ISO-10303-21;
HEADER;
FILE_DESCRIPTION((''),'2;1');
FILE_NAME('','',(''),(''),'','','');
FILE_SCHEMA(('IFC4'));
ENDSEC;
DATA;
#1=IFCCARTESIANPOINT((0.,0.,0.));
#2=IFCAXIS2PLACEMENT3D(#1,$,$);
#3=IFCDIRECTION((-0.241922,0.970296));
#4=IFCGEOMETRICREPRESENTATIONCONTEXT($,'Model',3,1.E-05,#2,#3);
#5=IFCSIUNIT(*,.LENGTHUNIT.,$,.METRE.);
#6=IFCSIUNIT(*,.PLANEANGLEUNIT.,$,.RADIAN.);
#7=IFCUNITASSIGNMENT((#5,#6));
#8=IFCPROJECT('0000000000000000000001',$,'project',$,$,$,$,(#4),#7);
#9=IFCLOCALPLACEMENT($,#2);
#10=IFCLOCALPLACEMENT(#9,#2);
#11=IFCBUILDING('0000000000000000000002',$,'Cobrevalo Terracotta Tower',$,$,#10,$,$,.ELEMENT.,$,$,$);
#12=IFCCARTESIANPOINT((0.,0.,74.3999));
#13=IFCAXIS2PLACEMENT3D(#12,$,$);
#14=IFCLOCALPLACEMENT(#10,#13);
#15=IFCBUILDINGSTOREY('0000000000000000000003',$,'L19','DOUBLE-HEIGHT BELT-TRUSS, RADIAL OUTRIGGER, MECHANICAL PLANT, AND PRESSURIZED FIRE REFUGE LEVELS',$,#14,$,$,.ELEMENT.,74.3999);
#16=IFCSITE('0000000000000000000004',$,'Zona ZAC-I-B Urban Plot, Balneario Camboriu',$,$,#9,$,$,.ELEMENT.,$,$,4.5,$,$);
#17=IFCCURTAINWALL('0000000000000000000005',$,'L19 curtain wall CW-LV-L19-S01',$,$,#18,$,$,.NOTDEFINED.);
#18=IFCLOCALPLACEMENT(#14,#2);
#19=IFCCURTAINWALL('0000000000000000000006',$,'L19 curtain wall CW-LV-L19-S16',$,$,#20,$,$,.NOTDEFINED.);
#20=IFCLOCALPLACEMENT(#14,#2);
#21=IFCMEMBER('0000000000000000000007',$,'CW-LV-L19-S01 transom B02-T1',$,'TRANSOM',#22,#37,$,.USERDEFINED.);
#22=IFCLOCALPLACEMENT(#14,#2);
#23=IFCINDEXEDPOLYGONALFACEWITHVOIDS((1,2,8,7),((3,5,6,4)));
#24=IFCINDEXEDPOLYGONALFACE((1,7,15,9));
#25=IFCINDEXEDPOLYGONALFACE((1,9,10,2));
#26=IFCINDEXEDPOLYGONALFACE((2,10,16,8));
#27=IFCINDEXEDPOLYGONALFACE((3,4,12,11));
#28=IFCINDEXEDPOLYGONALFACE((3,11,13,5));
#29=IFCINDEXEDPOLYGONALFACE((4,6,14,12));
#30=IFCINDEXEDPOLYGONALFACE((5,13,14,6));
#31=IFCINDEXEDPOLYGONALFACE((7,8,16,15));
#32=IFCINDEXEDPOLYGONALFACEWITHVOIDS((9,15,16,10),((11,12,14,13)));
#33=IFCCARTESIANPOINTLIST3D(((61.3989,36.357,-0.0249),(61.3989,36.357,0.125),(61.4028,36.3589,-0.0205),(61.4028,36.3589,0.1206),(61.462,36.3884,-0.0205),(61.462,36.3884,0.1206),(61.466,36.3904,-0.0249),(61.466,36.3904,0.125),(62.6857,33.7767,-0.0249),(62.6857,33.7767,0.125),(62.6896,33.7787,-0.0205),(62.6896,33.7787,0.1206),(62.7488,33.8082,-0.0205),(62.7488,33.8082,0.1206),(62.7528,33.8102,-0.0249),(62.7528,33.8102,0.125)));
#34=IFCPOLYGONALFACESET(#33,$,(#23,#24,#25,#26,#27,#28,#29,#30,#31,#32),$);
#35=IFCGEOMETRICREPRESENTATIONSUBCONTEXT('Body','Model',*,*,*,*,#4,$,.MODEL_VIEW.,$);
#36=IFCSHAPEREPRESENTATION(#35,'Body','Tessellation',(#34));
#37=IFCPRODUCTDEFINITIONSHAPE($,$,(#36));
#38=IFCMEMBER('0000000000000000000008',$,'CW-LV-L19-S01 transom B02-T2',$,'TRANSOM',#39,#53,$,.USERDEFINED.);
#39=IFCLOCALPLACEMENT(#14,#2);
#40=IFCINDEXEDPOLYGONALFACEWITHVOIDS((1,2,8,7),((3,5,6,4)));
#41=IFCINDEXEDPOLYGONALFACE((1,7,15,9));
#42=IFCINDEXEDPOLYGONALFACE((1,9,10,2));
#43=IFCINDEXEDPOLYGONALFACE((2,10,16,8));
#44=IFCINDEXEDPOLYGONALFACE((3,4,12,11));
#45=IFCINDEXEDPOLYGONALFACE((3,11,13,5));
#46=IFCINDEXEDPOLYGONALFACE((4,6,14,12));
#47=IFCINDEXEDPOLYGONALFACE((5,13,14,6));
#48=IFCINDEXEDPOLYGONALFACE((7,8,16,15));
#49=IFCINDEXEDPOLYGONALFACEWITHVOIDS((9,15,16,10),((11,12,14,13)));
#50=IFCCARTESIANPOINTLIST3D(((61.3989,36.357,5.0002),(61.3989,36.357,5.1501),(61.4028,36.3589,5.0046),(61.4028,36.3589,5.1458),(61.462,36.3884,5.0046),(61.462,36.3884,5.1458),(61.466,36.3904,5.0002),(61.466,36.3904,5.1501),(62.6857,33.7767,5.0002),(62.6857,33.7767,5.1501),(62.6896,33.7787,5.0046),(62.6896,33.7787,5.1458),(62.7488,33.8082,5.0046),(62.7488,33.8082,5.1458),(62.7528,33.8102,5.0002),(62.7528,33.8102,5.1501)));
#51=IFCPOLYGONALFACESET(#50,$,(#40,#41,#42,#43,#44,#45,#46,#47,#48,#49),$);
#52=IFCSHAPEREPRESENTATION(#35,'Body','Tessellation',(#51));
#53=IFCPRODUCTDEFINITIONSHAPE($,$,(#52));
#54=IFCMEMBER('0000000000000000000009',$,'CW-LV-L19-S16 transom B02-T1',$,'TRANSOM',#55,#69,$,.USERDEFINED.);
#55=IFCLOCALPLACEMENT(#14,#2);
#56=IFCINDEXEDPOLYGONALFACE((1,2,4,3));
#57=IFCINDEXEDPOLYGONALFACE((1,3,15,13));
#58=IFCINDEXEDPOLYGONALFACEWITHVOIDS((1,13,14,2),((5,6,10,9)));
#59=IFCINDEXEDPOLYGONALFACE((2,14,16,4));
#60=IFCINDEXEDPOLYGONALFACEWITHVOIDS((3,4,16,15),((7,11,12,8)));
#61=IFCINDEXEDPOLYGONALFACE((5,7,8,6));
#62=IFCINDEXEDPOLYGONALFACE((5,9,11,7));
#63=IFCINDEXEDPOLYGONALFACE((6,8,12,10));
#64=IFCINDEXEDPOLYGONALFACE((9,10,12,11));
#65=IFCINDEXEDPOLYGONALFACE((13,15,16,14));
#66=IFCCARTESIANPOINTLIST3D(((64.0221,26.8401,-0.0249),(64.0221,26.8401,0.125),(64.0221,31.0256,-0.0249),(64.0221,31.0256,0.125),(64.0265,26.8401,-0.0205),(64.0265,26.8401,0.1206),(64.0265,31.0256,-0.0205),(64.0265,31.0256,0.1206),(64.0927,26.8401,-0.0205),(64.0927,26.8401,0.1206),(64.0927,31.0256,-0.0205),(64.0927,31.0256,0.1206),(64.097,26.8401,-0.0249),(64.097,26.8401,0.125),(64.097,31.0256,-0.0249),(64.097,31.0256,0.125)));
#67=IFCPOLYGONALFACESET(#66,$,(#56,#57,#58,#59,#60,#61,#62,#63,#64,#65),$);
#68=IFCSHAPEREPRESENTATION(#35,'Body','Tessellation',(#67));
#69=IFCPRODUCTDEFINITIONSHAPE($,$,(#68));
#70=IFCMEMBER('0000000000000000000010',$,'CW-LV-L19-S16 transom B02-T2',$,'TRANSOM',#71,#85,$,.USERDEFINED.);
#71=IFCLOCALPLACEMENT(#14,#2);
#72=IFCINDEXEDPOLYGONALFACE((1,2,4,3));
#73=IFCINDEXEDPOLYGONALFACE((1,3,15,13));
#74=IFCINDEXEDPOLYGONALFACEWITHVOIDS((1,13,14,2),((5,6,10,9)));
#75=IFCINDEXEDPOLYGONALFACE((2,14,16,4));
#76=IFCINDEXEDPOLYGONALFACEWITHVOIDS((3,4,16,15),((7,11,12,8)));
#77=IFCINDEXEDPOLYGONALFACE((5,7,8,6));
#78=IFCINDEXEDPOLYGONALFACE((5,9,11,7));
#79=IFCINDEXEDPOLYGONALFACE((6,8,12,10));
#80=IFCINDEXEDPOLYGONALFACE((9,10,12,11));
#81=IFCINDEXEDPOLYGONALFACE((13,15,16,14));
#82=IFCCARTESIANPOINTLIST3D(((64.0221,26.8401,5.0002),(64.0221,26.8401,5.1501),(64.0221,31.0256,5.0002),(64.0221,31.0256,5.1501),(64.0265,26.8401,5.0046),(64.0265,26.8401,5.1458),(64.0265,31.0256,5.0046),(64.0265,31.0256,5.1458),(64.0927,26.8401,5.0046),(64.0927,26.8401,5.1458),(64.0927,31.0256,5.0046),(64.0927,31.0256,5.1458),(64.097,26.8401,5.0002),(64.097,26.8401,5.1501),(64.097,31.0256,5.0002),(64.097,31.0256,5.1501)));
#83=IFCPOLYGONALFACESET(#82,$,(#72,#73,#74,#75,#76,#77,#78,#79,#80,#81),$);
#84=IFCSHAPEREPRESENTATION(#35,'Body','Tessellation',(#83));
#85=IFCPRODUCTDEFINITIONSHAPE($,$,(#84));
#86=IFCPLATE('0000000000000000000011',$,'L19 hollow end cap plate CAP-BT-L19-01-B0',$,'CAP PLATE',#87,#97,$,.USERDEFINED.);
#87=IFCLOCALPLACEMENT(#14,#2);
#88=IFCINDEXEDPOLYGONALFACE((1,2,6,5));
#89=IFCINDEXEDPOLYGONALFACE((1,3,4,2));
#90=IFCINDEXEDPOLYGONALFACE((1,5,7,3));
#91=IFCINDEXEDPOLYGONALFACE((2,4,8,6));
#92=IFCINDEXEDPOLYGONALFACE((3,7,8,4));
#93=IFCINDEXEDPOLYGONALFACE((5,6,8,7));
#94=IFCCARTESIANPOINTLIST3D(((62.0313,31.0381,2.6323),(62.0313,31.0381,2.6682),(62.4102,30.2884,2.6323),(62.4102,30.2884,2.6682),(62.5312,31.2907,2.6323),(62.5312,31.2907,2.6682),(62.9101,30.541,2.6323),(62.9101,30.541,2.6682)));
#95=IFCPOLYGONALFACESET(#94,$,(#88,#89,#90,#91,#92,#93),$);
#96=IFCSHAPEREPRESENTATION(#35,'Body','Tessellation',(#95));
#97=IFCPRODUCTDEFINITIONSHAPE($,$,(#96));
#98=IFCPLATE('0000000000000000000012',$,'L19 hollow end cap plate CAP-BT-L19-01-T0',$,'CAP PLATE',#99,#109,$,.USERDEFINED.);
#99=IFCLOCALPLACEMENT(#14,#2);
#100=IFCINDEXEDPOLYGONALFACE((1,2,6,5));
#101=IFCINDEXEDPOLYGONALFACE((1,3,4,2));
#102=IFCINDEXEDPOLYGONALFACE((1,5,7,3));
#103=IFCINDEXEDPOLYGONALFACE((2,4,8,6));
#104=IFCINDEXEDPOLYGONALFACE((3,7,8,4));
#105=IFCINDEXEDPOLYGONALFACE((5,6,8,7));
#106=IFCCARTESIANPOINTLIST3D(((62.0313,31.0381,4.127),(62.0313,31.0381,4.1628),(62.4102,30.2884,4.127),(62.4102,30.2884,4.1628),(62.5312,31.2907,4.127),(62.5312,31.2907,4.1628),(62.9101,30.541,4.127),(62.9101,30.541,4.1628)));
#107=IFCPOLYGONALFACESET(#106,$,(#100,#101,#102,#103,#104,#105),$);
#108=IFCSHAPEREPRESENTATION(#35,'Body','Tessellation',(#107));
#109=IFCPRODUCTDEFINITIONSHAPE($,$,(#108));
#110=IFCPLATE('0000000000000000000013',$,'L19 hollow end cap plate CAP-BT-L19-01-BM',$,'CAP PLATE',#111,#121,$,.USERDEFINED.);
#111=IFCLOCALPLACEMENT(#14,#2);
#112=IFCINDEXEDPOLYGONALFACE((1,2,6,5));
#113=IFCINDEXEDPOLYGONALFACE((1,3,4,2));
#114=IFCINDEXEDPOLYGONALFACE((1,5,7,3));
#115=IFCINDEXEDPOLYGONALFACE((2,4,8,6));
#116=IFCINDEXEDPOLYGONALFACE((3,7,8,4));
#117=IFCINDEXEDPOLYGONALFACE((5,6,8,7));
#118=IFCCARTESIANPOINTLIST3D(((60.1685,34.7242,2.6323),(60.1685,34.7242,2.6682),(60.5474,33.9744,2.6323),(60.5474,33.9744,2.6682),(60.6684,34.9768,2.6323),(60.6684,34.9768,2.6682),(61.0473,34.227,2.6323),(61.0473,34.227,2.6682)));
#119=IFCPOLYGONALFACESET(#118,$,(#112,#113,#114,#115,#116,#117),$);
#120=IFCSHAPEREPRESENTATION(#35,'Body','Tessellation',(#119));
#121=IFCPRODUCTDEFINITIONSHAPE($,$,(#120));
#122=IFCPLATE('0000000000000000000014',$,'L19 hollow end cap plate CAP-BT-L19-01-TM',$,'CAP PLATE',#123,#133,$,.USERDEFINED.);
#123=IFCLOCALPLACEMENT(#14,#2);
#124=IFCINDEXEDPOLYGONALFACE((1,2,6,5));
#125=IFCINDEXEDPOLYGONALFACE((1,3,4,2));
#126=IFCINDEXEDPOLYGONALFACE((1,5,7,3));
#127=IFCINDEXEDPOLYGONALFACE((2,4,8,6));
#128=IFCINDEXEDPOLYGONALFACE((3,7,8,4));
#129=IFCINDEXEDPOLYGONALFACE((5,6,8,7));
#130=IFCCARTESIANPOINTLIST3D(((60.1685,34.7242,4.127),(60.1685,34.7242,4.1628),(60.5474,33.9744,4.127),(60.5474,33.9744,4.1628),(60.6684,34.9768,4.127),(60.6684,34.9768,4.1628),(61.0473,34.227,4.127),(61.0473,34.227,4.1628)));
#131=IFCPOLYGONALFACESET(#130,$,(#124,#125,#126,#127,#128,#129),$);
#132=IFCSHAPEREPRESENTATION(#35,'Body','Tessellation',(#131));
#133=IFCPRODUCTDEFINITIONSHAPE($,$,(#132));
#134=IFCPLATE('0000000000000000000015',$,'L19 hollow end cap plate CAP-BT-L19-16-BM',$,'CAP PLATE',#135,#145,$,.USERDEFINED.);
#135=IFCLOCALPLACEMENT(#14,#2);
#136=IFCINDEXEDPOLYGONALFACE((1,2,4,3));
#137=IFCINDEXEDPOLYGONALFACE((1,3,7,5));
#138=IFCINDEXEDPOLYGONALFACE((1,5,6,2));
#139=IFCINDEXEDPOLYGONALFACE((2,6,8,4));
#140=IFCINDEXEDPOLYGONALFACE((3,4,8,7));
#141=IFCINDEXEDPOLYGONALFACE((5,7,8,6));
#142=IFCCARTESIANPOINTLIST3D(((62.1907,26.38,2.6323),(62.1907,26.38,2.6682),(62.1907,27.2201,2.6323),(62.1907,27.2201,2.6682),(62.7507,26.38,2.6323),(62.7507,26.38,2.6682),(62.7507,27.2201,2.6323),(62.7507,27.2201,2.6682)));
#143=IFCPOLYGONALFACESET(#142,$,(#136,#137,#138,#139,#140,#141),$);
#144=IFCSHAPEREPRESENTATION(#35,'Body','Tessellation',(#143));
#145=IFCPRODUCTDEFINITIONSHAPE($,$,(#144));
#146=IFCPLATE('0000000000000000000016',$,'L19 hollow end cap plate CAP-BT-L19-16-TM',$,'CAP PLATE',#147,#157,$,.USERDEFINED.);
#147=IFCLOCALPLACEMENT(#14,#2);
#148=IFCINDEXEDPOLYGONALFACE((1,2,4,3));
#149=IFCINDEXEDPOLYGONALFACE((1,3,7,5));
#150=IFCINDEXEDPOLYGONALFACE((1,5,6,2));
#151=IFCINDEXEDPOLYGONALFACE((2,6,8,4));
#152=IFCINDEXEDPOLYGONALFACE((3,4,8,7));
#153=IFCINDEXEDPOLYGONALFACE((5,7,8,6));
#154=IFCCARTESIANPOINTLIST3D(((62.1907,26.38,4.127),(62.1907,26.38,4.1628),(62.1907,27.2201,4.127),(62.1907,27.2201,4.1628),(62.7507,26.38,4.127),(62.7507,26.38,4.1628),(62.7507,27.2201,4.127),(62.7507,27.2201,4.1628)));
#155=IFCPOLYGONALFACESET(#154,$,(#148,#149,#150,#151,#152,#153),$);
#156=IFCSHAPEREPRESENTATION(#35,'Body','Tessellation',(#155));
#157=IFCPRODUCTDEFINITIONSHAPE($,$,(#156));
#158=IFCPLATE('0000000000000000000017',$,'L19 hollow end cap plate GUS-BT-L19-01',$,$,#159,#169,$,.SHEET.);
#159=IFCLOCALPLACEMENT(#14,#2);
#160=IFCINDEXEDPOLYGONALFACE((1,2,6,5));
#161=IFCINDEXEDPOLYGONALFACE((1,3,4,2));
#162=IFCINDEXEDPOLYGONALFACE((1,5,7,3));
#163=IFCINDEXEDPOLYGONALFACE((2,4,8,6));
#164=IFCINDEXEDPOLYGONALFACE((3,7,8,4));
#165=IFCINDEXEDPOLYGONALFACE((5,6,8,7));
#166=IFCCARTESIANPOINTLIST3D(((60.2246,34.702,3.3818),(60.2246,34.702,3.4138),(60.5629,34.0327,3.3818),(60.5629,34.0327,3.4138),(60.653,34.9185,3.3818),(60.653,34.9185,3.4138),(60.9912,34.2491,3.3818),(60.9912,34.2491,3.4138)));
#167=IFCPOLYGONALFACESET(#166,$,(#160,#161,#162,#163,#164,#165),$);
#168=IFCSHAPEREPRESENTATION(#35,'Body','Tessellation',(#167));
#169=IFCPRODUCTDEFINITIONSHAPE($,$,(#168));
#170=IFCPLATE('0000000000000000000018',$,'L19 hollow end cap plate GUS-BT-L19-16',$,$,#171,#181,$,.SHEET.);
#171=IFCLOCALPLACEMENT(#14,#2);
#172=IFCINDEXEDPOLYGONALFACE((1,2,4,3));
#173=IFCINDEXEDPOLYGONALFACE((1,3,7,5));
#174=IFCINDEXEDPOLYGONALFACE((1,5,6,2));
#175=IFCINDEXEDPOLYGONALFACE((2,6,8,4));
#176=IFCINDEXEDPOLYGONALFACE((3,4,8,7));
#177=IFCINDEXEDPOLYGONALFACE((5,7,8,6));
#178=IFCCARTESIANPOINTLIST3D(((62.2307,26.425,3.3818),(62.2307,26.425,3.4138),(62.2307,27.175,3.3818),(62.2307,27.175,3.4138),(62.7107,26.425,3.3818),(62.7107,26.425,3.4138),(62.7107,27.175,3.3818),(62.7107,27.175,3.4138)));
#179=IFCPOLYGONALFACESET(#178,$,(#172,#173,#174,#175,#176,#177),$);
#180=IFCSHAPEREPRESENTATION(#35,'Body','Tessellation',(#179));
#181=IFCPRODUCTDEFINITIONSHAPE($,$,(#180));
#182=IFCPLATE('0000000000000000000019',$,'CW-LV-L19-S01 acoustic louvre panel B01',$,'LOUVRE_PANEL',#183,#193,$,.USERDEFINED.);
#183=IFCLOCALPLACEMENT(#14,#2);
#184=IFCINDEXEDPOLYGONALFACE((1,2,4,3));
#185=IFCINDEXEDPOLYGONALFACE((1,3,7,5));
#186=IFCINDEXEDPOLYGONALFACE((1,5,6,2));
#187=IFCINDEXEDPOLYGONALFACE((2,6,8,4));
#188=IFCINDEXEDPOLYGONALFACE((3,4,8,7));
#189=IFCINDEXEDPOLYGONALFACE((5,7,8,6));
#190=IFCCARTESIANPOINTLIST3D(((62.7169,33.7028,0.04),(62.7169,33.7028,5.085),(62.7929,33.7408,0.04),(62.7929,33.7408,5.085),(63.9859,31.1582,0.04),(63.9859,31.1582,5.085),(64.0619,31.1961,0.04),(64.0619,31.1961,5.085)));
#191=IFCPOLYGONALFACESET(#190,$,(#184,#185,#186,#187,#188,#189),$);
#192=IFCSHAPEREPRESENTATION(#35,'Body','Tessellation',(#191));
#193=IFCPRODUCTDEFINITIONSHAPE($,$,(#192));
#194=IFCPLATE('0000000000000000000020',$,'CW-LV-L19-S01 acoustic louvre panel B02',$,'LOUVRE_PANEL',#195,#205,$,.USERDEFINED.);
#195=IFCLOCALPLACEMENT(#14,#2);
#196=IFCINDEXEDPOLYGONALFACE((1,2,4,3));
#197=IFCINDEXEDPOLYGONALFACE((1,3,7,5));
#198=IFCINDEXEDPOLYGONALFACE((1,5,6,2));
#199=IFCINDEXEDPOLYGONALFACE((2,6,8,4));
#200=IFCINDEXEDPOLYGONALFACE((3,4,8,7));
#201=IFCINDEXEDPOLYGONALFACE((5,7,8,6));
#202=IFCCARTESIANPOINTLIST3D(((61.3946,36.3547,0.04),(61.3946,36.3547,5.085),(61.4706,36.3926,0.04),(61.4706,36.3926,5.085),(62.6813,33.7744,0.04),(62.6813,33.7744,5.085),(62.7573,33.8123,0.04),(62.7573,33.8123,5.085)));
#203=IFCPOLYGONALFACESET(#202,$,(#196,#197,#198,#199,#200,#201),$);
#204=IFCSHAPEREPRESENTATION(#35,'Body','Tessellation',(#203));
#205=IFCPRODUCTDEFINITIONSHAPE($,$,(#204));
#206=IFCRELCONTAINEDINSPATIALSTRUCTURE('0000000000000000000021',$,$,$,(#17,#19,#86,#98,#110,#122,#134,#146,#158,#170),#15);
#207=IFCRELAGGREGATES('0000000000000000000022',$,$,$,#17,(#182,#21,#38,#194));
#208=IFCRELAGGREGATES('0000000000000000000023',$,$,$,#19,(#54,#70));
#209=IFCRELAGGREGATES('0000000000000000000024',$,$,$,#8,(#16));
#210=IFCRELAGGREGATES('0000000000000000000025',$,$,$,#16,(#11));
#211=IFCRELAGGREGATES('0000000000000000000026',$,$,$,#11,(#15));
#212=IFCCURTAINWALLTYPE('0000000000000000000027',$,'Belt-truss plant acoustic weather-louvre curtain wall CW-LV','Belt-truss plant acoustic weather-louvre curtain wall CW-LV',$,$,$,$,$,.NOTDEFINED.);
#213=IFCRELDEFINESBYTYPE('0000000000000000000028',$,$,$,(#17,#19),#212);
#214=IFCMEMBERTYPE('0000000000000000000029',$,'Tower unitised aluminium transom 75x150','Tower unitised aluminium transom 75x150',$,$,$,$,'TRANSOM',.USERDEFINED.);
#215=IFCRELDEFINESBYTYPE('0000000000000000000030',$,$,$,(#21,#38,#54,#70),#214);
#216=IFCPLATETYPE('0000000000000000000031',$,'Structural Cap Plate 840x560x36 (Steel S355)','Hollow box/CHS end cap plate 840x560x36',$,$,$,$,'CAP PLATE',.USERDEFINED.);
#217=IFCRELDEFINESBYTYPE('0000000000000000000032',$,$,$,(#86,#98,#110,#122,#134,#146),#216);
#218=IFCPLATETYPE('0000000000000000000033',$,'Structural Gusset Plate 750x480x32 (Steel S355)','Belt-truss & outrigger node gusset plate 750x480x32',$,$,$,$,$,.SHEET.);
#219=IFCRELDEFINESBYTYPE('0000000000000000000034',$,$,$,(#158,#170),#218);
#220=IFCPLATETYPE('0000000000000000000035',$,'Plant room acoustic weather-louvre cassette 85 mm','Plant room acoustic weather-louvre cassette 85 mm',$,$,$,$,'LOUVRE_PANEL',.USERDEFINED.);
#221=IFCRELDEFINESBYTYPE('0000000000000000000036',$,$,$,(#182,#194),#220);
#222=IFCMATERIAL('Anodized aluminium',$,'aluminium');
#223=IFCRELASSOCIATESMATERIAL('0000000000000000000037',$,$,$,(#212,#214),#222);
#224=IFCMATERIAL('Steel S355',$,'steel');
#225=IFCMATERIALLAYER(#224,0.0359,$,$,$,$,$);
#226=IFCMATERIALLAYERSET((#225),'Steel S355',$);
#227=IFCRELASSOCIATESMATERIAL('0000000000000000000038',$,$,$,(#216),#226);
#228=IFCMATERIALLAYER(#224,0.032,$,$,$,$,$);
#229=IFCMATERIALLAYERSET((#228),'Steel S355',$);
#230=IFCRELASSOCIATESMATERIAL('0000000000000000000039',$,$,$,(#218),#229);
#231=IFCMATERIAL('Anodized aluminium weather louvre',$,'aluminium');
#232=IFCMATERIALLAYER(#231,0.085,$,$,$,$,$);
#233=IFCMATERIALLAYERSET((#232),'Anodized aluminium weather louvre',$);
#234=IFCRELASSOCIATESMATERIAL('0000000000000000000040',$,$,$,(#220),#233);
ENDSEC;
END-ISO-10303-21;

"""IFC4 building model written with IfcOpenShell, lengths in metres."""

from ifc_helpers import new_model, si_unit, direction, frame, origin, origin_2d, place, context, subcontext, project, spatial, rectangle, hollow_rectangle, extrude, source, transform, mapped, material, layer, layer_set, material_profile, profile_set, type_object, element, aggregate, save


model = new_model("IFC4")

# Units and contexts
model_context = context("Model", 3, precision=1e-05, world=origin(), true_north=direction((-0.241922, 0.970296)))
body_context = subcontext(model_context, "Body", "Model", "MODEL_VIEW")
ifc_project = project(units=[si_unit("LENGTHUNIT", "METRE"), si_unit("PLANEANGLEUNIT", "RADIAN")], contexts=[model_context])

# Site, building, storey
site_placement = place(None, origin())
site = spatial("IfcSite", under=ifc_project, at=site_placement, Name="Zona ZAC-I-B Urban Plot, Balneario Camboriu", CompositionType="ELEMENT", RefElevation=4.5)
building_placement = place(site_placement, origin())
building = spatial("IfcBuilding", under=site, at=building_placement, Name="Cobrevalo Terracotta Tower", CompositionType="ELEMENT")
storey_placement = place(building_placement, frame((0.0, 0.0, 74.3999)))
storey = spatial("IfcBuildingStorey", under=building, at=storey_placement, Name="L19", Description="DOUBLE-HEIGHT BELT-TRUSS, RADIAL OUTRIGGER, MECHANICAL PLANT, AND PRESSURIZED FIRE REFUGE LEVELS", CompositionType="ELEMENT", Elevation=74.3999)

# Shared definitions
ifc_material_1 = material(Name="Steel S355", Category="steel")

# Curtain walls
ifc_material_2 = material(Name="Anodized aluminium", Category="aluminium")
curtain_wall_type = type_object("IfcCurtainWallType", Name="Belt-truss plant acoustic weather-louvre curtain wall CW-LV", Description="Belt-truss plant acoustic weather-louvre curtain wall CW-LV", PredefinedType="NOTDEFINED", material=ifc_material_2)
curtain_wall_1_placement = place(storey_placement, origin())
curtain_wall_1 = element("IfcCurtainWall", 1, at=curtain_wall_1_placement, inside=storey, type_object=curtain_wall_type, Name="L19 curtain wall CW-LV-L19-S01", PredefinedType="NOTDEFINED")
curtain_wall_2_placement = place(storey_placement, origin())
curtain_wall_2 = element("IfcCurtainWall", 2, at=curtain_wall_2_placement, inside=storey, type_object=curtain_wall_type, Name="L19 curtain wall CW-LV-L19-S16", PredefinedType="NOTDEFINED")

# Members
ifc_material_profile_1 = material_profile(ifc_material_2, hollow_rectangle(XDim=0.075, YDim=0.1499, WallThickness=0.0044, at=origin_2d()), Name="CWT 75x150")
ifc_profile_set_1 = profile_set([ifc_material_profile_1], Name="Anodized aluminium")
member_type_1 = type_object("IfcMemberType", Name="Tower unitised aluminium transom 75x150", Description="Tower unitised aluminium transom 75x150", ElementType="TRANSOM", PredefinedType="USERDEFINED", material=ifc_profile_set_1)
shared_shape_1 = source(origin(), body_context, "Body", "SweptSolid", [
    extrude(hollow_rectangle(XDim=0.075, YDim=0.1499, WallThickness=0.0044, at=origin_2d()), origin(), (0.0, 0.0, 1.0), 2.8833),
])
member_1_placement = place(storey_placement, frame((62.7192, 33.7935, 0.05), z_axis=(-0.446299, 0.894884, 0.0), x_axis=(-0.894884, -0.446299, 0.0)))
member_1 = element("IfcMember", 3, at=member_1_placement, type_object=member_type_1, Name="CW-LV-L19-S01 transom B02-T1", ObjectType="TRANSOM", PredefinedType="USERDEFINED", context=body_context, shape_type="MappedRepresentation", body=[
    mapped(shared_shape_1, transform((0.0, 0.0, 0.0), scale=1.0)),
])
member_2_placement = place(storey_placement, frame((62.7192, 33.7935, 5.0752), z_axis=(-0.446299, 0.894884, 0.0), x_axis=(-0.894884, -0.446299, 0.0)))
member_2 = element("IfcMember", 4, at=member_2_placement, type_object=member_type_1, Name="CW-LV-L19-S01 transom B02-T2", ObjectType="TRANSOM", PredefinedType="USERDEFINED", context=body_context, shape_type="MappedRepresentation", body=[
    mapped(shared_shape_1, transform((0.0, 0.0, 0.0), scale=1.0)),
])
shared_shape_2 = source(origin(), body_context, "Body", "SweptSolid", [
    extrude(hollow_rectangle(XDim=0.075, YDim=0.1499, WallThickness=0.0044, at=origin_2d()), origin(), (0.0, 0.0, 1.0), 4.1855),
])
member_3_placement = place(storey_placement, frame((64.0596, 26.8401, 0.05), z_axis=(0.0, 1.0, 0.0), x_axis=(-1.0, 0.0, 0.0)))
member_3 = element("IfcMember", 5, at=member_3_placement, type_object=member_type_1, Name="CW-LV-L19-S16 transom B02-T1", ObjectType="TRANSOM", PredefinedType="USERDEFINED", context=body_context, shape_type="MappedRepresentation", body=[
    mapped(shared_shape_2, transform((0.0, 0.0, 0.0), scale=1.0)),
])
member_4_placement = place(storey_placement, frame((64.0596, 26.8401, 5.0752), z_axis=(0.0, 1.0, 0.0), x_axis=(-1.0, 0.0, 0.0)))
member_4 = element("IfcMember", 6, at=member_4_placement, type_object=member_type_1, Name="CW-LV-L19-S16 transom B02-T2", ObjectType="TRANSOM", PredefinedType="USERDEFINED", context=body_context, shape_type="MappedRepresentation", body=[
    mapped(shared_shape_2, transform((0.0, 0.0, 0.0), scale=1.0)),
])

# Plates
ifc_layer_1 = layer(ifc_material_1, 0.0359)
ifc_layer_set_1 = layer_set([ifc_layer_1], Name="Steel S355")
plate_type_1 = type_object("IfcPlateType", Name="Structural Cap Plate 840x560x36 (Steel S355)", Description="Hollow box/CHS end cap plate 840x560x36", ElementType="CAP PLATE", PredefinedType="USERDEFINED", material=ifc_layer_set_1)
shared_shape_3 = source(origin(), body_context, "Body", "SweptSolid", [
    extrude(rectangle(XDim=0.8401, YDim=0.5601, at=origin_2d()), origin(), (0.0, 0.0, 1.0), 0.0359),
])
for number, where, z_axis, x_axis, name in (
    (7, (62.4707, 30.7896, 2.6323), (0.0, 0.0, 1.0), (-0.451036, 0.892506, 0.0), "L19 hollow end cap plate CAP-BT-L19-01-B0"),
    (8, (62.4707, 30.7896, 4.127), (0.0, 0.0, 1.0), (-0.451036, 0.892506, 0.0), "L19 hollow end cap plate CAP-BT-L19-01-T0"),
    (9, (60.6079, 34.4756, 2.6323), (0.0, 0.0, 1.0), (-0.451036, 0.892506, 0.0), "L19 hollow end cap plate CAP-BT-L19-01-BM"),
    (10, (60.6079, 34.4756, 4.127), (0.0, 0.0, 1.0), (-0.451036, 0.892506, 0.0), "L19 hollow end cap plate CAP-BT-L19-01-TM"),
    (11, (62.4707, 26.8, 2.6323), (0.0, 0.0, 1.0), (0.0, 1.0, 0.0), "L19 hollow end cap plate CAP-BT-L19-16-BM"),
    (12, (62.4707, 26.8, 4.127), (0.0, 0.0, 1.0), (0.0, 1.0, 0.0), "L19 hollow end cap plate CAP-BT-L19-16-TM"),
):
    element("IfcPlate", number, at=place(storey_placement, frame(where, z_axis=z_axis, x_axis=x_axis)), inside=storey, type_object=plate_type_1, Name=name, ObjectType="CAP PLATE", PredefinedType="USERDEFINED", context=body_context, shape_type="MappedRepresentation", body=[
        mapped(shared_shape_3, transform((0.0, 0.0, 0.0), scale=1.0)),
    ])
ifc_layer_2 = layer(ifc_material_1, 0.032)
ifc_layer_set_2 = layer_set([ifc_layer_2], Name="Steel S355")
plate_type_2 = type_object("IfcPlateType", Name="Structural Gusset Plate 750x480x32 (Steel S355)", Description="Belt-truss & outrigger node gusset plate 750x480x32", PredefinedType="SHEET", material=ifc_layer_set_2)
shared_shape_4 = source(origin(), body_context, "Body", "SweptSolid", [
    extrude(rectangle(XDim=0.75, YDim=0.48, at=origin_2d()), origin(), (0.0, 0.0, 1.0), 0.032),
])
for number, where, z_axis, x_axis, name in (
    (13, (60.6079, 34.4756, 3.3818), (0.0, 0.0, 1.0), (-0.451036, 0.892506, 0.0), "L19 hollow end cap plate GUS-BT-L19-01"),
    (14, (62.4707, 26.8, 3.3818), (0.0, 0.0, 1.0), (0.0, 1.0, 0.0), "L19 hollow end cap plate GUS-BT-L19-16"),
):
    element("IfcPlate", number, at=place(storey_placement, frame(where, z_axis=z_axis, x_axis=x_axis)), inside=storey, type_object=plate_type_2, Name=name, PredefinedType="SHEET", context=body_context, shape_type="MappedRepresentation", body=[
        mapped(shared_shape_4, transform((0.0, 0.0, 0.0), scale=1.0)),
    ])

# Plates
ifc_material_3 = material(Name="Anodized aluminium weather louvre", Category="aluminium")
ifc_layer_3 = layer(ifc_material_3, 0.085)
ifc_layer_set_3 = layer_set([ifc_layer_3], Name="Anodized aluminium weather louvre")
plate_type_3 = type_object("IfcPlateType", Name="Plant room acoustic weather-louvre cassette 85 mm", Description="Plant room acoustic weather-louvre cassette 85 mm", ElementType="LOUVRE_PANEL", PredefinedType="USERDEFINED", material=ifc_layer_set_3)
shared_shape_5 = source(origin(), body_context, "Body", "SweptSolid", [
    extrude(rectangle(XDim=2.8435, YDim=0.085, at=origin_2d()), origin(), (0.0, 0.0, 1.0), 5.0449),
])
plate_1_placement = place(storey_placement, frame((63.3894, 32.4495, 0.04), z_axis=(0.0, 0.0, 1.0), x_axis=(-0.446262, 0.894902, 0.0)))
plate_1 = element("IfcPlate", 15, at=plate_1_placement, type_object=plate_type_3, Name="CW-LV-L19-S01 acoustic louvre panel B01", ObjectType="LOUVRE_PANEL", PredefinedType="USERDEFINED", context=body_context, shape_type="MappedRepresentation", body=[
    mapped(shared_shape_5, transform((0.0, 0.0, 0.0), scale=1.0)),
])
shared_shape_6 = source(origin(), body_context, "Body", "SweptSolid", [
    extrude(rectangle(XDim=2.8833, YDim=0.085, at=origin_2d()), origin(), (0.0, 0.0, 1.0), 5.0449),
])
plate_2_placement = place(storey_placement, frame((62.0759, 35.0835, 0.04), z_axis=(0.0, 0.0, 1.0), x_axis=(-0.446262, 0.894902, 0.0)))
plate_2 = element("IfcPlate", 16, at=plate_2_placement, type_object=plate_type_3, Name="CW-LV-L19-S01 acoustic louvre panel B02", ObjectType="LOUVRE_PANEL", PredefinedType="USERDEFINED", context=body_context, shape_type="MappedRepresentation", body=[
    mapped(shared_shape_6, transform((0.0, 0.0, 0.0), scale=1.0)),
])
aggregate(curtain_wall_1, [plate_1, member_1, member_2, plate_2])
aggregate(curtain_wall_2, [member_3, member_4])

save(model, "model.ifc")
